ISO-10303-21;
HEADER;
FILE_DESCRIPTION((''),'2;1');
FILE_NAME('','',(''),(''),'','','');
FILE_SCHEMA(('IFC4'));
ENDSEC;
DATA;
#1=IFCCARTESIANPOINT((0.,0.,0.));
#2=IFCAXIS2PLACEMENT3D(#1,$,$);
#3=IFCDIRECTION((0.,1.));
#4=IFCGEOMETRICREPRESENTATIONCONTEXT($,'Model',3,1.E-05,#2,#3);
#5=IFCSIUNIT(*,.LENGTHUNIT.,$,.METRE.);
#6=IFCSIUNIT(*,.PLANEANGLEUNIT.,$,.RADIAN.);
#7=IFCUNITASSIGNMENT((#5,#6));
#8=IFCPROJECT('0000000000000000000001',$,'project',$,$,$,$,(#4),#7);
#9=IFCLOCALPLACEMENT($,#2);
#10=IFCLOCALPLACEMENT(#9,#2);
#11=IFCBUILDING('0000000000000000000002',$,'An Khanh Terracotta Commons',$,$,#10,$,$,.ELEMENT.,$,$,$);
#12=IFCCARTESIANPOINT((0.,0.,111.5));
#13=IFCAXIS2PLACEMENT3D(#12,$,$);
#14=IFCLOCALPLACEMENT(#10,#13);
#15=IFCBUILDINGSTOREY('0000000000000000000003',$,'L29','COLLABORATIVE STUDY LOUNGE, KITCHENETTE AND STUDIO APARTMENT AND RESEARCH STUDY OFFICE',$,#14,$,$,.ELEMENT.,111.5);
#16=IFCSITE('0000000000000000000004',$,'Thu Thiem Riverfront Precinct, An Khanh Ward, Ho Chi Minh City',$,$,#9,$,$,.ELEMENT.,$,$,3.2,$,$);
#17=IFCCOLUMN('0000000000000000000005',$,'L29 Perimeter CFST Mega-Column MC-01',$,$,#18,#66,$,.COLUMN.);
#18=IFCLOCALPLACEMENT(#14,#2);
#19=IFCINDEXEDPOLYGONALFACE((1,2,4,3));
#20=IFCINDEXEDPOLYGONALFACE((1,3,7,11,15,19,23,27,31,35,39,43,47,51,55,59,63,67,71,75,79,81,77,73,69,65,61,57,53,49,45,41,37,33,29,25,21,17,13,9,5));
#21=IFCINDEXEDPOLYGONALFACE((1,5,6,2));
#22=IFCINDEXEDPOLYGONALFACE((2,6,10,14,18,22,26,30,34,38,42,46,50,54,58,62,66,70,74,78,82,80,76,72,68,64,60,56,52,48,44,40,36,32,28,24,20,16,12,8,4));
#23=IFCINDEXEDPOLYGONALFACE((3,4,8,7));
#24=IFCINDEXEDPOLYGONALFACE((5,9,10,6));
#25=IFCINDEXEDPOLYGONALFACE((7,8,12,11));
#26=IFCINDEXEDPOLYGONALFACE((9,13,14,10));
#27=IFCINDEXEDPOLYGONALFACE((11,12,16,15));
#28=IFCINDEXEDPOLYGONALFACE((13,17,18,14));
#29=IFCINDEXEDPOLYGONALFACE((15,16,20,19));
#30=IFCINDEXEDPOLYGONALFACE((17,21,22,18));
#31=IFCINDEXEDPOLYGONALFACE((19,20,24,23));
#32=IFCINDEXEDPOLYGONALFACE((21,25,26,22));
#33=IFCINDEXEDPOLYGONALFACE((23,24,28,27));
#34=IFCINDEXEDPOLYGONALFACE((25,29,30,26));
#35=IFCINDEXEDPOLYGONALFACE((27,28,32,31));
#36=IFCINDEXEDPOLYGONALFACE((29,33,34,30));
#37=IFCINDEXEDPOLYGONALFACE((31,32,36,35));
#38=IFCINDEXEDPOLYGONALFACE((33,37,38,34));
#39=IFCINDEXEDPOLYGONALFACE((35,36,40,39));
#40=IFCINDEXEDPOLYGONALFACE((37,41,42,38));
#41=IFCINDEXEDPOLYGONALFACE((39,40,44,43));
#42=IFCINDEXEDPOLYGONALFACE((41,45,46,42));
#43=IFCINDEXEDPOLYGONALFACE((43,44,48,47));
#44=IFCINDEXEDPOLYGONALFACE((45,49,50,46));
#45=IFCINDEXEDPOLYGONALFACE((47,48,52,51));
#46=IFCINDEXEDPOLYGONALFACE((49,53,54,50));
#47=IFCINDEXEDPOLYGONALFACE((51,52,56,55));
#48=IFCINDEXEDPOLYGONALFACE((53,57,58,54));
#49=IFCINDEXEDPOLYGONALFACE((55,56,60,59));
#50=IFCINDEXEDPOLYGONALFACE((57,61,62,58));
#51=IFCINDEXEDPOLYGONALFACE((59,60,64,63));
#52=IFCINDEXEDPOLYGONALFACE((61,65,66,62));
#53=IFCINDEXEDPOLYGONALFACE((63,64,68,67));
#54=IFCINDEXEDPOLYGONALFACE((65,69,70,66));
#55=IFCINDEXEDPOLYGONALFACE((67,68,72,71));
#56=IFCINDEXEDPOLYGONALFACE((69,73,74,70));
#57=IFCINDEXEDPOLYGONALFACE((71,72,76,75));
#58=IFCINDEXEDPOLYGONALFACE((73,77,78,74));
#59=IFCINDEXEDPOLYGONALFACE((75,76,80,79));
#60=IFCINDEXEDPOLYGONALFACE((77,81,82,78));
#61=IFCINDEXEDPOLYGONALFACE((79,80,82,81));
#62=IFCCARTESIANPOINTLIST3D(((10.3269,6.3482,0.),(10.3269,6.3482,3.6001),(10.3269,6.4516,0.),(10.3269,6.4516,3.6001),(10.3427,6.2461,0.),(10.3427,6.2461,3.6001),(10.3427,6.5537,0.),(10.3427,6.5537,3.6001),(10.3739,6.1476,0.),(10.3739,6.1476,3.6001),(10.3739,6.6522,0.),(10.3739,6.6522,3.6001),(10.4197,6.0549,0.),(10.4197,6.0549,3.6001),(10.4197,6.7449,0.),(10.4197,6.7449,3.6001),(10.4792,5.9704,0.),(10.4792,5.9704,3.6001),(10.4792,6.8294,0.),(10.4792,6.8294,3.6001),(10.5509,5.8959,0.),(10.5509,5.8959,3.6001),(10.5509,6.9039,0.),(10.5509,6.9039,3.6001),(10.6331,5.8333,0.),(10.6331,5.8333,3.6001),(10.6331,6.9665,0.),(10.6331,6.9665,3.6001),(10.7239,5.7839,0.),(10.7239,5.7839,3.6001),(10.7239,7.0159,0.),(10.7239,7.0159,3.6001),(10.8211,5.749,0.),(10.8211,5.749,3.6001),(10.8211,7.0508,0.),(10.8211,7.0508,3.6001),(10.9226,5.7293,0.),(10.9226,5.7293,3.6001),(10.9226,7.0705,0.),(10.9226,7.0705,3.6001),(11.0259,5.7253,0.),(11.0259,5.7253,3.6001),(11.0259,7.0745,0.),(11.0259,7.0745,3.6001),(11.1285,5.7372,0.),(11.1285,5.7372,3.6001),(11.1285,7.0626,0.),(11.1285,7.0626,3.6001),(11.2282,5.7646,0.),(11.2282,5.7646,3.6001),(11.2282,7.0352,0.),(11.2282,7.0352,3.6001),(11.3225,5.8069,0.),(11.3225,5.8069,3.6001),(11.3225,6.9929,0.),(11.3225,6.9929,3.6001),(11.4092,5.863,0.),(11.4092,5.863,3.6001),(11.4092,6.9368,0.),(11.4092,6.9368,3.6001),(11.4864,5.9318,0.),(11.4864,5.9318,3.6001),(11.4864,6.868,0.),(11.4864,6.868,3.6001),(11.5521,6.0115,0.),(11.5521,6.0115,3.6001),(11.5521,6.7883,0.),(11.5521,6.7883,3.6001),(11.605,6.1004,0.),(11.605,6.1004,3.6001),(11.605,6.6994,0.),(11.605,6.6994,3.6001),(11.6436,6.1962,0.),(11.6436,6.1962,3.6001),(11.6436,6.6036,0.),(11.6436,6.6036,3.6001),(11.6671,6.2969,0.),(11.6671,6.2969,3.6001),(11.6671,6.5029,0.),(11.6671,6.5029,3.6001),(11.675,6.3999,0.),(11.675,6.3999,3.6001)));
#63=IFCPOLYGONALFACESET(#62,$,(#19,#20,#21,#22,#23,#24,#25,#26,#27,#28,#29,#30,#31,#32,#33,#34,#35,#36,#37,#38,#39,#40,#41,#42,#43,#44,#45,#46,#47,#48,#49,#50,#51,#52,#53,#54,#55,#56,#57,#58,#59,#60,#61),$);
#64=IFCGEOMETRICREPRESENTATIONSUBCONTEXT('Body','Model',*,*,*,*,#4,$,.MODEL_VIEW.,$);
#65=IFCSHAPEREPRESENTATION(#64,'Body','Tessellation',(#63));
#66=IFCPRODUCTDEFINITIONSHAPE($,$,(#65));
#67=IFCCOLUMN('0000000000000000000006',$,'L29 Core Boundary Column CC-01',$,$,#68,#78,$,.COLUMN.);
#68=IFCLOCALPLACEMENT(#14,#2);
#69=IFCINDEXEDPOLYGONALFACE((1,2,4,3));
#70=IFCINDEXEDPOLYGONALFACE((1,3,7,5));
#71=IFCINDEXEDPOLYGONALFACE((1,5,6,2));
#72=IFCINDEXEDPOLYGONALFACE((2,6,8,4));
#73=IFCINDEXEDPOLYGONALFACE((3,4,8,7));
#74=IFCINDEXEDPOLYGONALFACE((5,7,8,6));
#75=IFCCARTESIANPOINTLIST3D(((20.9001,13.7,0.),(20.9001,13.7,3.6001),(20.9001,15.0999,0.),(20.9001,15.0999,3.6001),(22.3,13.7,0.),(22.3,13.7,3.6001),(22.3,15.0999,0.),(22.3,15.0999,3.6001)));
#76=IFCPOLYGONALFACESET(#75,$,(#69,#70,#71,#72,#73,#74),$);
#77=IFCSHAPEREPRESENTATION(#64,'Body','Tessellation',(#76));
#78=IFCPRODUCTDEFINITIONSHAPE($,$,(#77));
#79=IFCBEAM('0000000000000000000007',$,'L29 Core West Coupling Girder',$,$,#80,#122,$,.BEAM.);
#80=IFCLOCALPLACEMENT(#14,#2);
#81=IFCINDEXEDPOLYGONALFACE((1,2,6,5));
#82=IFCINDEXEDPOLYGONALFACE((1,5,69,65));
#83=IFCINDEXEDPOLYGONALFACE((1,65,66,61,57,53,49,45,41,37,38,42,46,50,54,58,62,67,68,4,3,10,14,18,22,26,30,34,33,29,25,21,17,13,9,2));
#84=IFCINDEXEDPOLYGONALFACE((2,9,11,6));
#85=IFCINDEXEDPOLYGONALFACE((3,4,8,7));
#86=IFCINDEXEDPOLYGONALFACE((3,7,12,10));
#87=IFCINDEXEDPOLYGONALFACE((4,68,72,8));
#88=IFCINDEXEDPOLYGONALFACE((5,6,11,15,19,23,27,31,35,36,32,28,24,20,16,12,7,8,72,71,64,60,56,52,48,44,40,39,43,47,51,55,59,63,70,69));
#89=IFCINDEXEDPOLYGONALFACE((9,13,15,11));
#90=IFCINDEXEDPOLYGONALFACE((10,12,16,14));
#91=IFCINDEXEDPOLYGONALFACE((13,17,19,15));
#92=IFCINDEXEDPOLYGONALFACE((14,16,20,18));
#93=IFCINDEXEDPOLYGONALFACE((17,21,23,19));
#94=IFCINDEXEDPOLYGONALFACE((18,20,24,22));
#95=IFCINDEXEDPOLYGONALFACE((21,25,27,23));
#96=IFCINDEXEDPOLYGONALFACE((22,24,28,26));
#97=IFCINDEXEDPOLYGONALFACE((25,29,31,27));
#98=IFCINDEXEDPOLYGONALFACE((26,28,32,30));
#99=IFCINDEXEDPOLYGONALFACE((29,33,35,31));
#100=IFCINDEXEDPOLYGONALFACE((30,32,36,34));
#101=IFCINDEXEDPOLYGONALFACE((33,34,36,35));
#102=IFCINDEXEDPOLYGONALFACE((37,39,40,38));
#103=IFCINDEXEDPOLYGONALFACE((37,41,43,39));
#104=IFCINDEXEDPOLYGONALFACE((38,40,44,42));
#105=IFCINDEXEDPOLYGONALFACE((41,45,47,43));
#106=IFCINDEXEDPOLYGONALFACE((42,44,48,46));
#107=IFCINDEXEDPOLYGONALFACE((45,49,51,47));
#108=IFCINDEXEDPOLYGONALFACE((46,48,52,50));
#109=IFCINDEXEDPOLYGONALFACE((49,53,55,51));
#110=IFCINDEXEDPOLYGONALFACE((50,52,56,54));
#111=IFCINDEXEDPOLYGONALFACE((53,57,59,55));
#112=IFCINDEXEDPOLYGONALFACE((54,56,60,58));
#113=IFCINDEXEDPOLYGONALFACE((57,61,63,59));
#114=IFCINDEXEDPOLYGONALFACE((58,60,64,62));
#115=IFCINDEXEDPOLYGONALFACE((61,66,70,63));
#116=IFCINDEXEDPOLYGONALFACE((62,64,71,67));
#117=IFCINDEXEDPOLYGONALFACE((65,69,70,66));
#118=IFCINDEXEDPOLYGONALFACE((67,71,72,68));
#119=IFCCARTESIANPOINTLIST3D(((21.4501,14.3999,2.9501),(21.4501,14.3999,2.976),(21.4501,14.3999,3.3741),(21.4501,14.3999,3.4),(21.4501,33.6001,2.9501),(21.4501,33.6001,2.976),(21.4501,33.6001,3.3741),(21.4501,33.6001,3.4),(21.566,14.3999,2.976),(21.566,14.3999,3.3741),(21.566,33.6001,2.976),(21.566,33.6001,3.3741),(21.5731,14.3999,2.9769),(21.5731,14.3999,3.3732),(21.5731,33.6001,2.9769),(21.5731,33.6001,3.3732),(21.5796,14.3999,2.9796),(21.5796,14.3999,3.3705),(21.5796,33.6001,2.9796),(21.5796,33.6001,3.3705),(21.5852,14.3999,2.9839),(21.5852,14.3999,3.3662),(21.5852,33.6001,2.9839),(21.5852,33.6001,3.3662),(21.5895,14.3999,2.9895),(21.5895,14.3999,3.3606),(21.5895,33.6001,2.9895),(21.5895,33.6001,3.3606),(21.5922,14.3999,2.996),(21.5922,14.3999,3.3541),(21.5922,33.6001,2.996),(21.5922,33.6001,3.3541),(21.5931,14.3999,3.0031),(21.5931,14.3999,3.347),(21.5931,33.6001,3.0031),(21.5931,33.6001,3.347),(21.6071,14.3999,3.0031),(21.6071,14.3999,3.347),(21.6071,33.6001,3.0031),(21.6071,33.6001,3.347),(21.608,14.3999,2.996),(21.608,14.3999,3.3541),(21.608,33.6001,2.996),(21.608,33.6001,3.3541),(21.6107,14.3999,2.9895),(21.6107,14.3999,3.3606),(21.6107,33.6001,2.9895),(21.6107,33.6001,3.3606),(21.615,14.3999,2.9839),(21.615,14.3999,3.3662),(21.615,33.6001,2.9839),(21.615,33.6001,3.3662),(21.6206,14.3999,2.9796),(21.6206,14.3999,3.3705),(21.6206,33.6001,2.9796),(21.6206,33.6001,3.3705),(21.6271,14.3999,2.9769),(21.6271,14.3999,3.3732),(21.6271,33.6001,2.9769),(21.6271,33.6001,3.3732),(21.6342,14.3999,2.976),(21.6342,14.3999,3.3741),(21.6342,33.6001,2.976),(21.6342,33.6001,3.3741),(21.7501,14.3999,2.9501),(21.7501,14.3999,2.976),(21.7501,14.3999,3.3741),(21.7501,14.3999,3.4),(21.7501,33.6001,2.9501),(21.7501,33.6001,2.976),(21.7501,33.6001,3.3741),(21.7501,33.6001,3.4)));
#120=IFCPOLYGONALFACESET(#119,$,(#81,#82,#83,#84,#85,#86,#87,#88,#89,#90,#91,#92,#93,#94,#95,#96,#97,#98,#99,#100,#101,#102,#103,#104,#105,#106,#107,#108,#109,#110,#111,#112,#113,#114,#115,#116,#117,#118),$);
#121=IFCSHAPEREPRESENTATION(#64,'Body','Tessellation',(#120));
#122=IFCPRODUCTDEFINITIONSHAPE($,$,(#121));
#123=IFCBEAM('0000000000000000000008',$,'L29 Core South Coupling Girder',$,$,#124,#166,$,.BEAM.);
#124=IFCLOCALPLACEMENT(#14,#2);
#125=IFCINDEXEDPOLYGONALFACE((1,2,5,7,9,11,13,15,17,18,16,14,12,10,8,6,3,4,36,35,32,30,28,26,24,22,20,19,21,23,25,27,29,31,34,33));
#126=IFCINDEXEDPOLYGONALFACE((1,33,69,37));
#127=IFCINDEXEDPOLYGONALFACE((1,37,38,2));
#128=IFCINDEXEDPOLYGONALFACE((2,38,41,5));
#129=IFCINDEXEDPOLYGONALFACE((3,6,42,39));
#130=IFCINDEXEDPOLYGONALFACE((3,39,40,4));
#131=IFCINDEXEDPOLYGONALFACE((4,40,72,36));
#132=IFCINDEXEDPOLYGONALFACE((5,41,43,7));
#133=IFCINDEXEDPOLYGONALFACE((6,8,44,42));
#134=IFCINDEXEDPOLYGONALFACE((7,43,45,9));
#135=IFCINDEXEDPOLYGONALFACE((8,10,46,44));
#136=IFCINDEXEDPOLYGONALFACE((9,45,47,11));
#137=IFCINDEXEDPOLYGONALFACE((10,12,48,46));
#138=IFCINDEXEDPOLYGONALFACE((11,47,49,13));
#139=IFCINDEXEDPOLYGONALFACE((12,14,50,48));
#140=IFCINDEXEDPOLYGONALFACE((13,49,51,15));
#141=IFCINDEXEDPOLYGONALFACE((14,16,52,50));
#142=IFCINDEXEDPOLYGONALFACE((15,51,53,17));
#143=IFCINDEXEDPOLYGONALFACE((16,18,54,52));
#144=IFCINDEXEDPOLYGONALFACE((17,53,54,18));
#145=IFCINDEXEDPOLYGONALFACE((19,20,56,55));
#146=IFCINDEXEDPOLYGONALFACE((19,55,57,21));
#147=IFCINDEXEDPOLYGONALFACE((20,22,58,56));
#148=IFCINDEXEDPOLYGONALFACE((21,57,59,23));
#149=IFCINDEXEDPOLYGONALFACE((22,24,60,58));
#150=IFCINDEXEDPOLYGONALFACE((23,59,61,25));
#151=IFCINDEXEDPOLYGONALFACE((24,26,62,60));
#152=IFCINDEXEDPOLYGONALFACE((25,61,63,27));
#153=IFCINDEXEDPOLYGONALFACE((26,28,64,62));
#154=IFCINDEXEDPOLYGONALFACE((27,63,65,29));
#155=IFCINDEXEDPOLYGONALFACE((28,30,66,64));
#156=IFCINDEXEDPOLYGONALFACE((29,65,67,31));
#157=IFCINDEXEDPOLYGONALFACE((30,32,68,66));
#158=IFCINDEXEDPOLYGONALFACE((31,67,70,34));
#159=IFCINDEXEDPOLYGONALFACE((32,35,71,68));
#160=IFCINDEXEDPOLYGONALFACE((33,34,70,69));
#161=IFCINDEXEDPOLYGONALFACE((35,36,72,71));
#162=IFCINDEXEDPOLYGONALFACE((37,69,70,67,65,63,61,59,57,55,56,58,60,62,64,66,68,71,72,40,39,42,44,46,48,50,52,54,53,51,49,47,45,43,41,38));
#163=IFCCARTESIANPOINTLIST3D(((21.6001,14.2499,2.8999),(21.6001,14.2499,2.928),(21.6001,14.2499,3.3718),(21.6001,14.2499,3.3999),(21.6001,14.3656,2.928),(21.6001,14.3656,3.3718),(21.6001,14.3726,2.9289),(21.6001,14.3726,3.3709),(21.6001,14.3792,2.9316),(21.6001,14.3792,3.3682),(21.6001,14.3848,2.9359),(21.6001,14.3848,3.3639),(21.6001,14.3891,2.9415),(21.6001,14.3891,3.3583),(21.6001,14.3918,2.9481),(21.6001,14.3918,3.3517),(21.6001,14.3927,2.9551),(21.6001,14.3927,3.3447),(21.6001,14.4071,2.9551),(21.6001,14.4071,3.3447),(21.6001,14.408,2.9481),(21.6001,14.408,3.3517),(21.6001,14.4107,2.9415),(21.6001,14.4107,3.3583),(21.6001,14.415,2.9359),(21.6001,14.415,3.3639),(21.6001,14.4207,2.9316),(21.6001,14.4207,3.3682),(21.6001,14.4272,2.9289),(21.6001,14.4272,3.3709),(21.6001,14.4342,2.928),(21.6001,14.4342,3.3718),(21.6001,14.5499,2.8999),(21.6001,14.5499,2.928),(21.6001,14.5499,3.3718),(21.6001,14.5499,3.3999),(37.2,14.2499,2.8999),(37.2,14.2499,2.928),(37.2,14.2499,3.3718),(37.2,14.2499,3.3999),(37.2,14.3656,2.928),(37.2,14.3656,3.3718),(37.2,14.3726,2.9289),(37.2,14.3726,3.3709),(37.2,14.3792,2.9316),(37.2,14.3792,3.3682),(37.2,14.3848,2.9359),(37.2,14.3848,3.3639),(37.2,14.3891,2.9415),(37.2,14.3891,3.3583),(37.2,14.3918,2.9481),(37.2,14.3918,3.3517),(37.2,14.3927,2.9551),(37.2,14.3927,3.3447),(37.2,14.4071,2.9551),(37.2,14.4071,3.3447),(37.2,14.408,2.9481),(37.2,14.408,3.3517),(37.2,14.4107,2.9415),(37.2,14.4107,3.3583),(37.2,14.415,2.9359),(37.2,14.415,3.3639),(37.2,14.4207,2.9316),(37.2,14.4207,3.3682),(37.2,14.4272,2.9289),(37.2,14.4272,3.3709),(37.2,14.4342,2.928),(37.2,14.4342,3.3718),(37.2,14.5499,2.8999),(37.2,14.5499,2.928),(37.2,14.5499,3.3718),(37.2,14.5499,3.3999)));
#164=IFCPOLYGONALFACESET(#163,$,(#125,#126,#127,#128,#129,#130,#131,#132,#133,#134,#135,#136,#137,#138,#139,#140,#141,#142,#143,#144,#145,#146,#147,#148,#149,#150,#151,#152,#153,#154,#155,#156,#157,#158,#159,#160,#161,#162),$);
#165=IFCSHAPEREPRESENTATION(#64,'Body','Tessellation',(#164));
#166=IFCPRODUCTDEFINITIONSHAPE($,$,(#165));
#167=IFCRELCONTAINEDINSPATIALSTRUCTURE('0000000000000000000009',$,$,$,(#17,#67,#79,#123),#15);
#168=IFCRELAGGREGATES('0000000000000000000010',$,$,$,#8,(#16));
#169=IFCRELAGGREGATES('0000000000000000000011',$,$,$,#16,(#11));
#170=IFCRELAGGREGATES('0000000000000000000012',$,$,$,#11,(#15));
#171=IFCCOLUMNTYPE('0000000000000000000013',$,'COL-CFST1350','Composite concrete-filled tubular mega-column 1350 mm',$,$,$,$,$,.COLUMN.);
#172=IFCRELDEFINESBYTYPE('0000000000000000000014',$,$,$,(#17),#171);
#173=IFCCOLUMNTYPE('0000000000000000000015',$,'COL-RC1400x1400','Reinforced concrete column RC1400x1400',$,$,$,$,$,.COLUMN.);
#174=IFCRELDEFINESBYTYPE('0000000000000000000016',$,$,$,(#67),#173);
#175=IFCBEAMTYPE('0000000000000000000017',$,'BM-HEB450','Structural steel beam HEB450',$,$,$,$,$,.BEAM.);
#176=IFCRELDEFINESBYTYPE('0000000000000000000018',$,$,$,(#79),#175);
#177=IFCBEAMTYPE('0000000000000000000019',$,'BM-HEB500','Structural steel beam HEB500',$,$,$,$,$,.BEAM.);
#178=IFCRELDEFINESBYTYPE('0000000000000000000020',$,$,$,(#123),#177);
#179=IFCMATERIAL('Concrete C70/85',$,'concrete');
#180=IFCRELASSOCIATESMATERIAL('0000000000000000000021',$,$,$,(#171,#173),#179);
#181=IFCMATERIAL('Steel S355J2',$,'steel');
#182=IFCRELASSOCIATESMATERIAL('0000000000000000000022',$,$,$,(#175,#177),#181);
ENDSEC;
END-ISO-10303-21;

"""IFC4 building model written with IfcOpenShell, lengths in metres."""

from ifc_helpers import new_model, si_unit, direction, frame, origin, origin_2d, place, context, subcontext, project, spatial, rectangle, circle, i_section, extrude, material, material_profile, profile_set, type_object, element, save


model = new_model("IFC4")

# Units and contexts
model_context = context("Model", 3, precision=1e-05, world=origin(), true_north=direction((0.0, 1.0)))
body_context = subcontext(model_context, "Body", "Model", "MODEL_VIEW")
ifc_project = project(units=[si_unit("LENGTHUNIT", "METRE"), si_unit("PLANEANGLEUNIT", "RADIAN")], contexts=[model_context])

# Site, building, storey
site_placement = place(None, origin())
site = spatial("IfcSite", under=ifc_project, at=site_placement, Name="Thu Thiem Riverfront Precinct, An Khanh Ward, Ho Chi Minh City", CompositionType="ELEMENT", RefElevation=3.2)
building_placement = place(site_placement, origin())
building = spatial("IfcBuilding", under=site, at=building_placement, Name="An Khanh Terracotta Commons", CompositionType="ELEMENT")
storey_placement = place(building_placement, frame((0.0, 0.0, 111.5)))
storey = spatial("IfcBuildingStorey", under=building, at=storey_placement, Name="L29", Description="COLLABORATIVE STUDY LOUNGE, KITCHENETTE AND STUDIO APARTMENT AND RESEARCH STUDY OFFICE", CompositionType="ELEMENT", Elevation=111.5)

# Columns
ifc_material_1 = material(Name="Concrete C70/85", Category="concrete")
ifc_material_profile_1 = material_profile(ifc_material_1, circle(Radius=0.675, at=origin_2d()), Name="CFST1350")
ifc_profile_set_1 = profile_set([ifc_material_profile_1], Name="Concrete C70/85")
column_type_1 = type_object("IfcColumnType", Name="COL-CFST1350", Description="Composite concrete-filled tubular mega-column 1350 mm", PredefinedType="COLUMN", material=ifc_profile_set_1)
column_1_placement = place(storey_placement, frame((11.0, 6.3999, 0.0), z_axis=(0.0, 0.0, 1.0), x_axis=(1.0, 0.0, 0.0)))
element("IfcColumn", 1, at=column_1_placement, inside=storey, type_object=column_type_1, Name="L29 Perimeter CFST Mega-Column MC-01", PredefinedType="COLUMN", context=body_context, shape_type="SweptSolid", body=[
    extrude(circle(Radius=0.675, at=origin_2d()), origin(), (0.0, 0.0, 1.0), 3.6001),
])
ifc_material_profile_2 = material_profile(ifc_material_1, rectangle(XDim=1.3999, YDim=1.3999, at=origin_2d()), Name="RC1400x1400")
ifc_profile_set_2 = profile_set([ifc_material_profile_2], Name="Concrete C70/85")
column_type_2 = type_object("IfcColumnType", Name="COL-RC1400x1400", Description="Reinforced concrete column RC1400x1400", PredefinedType="COLUMN", material=ifc_profile_set_2)
column_2_placement = place(storey_placement, frame((21.6001, 14.3999, 0.0), z_axis=(0.0, 0.0, 1.0), x_axis=(1.0, 0.0, 0.0)))
element("IfcColumn", 2, at=column_2_placement, inside=storey, type_object=column_type_2, Name="L29 Core Boundary Column CC-01", PredefinedType="COLUMN", context=body_context, shape_type="SweptSolid", body=[
    extrude(rectangle(XDim=1.3999, YDim=1.3999, at=origin_2d()), origin(), (0.0, 0.0, 1.0), 3.6001),
])

# Beams
ifc_material_2 = material(Name="Steel S355J2", Category="steel")
ifc_material_profile_3 = material_profile(ifc_material_2, i_section(OverallWidth=0.3, OverallDepth=0.45, WebThickness=0.0139, FlangeThickness=0.0259, FilletRadius=0.0271, at=origin_2d()), Name="HEB450")
ifc_profile_set_3 = profile_set([ifc_material_profile_3], Name="Steel S355J2")
beam_type_1 = type_object("IfcBeamType", Name="BM-HEB450", Description="Structural steel beam HEB450", PredefinedType="BEAM", material=ifc_profile_set_3)
beam_1_placement = place(storey_placement, frame((21.6001, 14.3999, 3.175), z_axis=(0.0, 1.0, 0.0), x_axis=(-1.0, 0.0, 0.0)))
element("IfcBeam", 3, at=beam_1_placement, inside=storey, type_object=beam_type_1, Name="L29 Core West Coupling Girder", PredefinedType="BEAM", context=body_context, shape_type="SweptSolid", body=[
    extrude(i_section(OverallWidth=0.3, OverallDepth=0.45, WebThickness=0.0139, FlangeThickness=0.0259, FilletRadius=0.0271, at=origin_2d()), origin(), (0.0, 0.0, 1.0), 19.2002),
])
ifc_material_profile_4 = material_profile(ifc_material_2, i_section(OverallWidth=0.3, OverallDepth=0.5, WebThickness=0.0144, FlangeThickness=0.0281, FilletRadius=0.0271, at=origin_2d()), Name="HEB500")
ifc_profile_set_4 = profile_set([ifc_material_profile_4], Name="Steel S355J2")
beam_type_2 = type_object("IfcBeamType", Name="BM-HEB500", Description="Structural steel beam HEB500", PredefinedType="BEAM", material=ifc_profile_set_4)
beam_2_placement = place(storey_placement, frame((21.6001, 14.3999, 3.1499), z_axis=(1.0, 0.0, 0.0), x_axis=(0.0, 1.0, 0.0)))
element("IfcBeam", 4, at=beam_2_placement, inside=storey, type_object=beam_type_2, Name="L29 Core South Coupling Girder", PredefinedType="BEAM", context=body_context, shape_type="SweptSolid", body=[
    extrude(i_section(OverallWidth=0.3, OverallDepth=0.5, WebThickness=0.0144, FlangeThickness=0.0281, FilletRadius=0.0271, at=origin_2d()), origin(), (0.0, 0.0, 1.0), 15.5999),
])

save(model, "model.ifc")
